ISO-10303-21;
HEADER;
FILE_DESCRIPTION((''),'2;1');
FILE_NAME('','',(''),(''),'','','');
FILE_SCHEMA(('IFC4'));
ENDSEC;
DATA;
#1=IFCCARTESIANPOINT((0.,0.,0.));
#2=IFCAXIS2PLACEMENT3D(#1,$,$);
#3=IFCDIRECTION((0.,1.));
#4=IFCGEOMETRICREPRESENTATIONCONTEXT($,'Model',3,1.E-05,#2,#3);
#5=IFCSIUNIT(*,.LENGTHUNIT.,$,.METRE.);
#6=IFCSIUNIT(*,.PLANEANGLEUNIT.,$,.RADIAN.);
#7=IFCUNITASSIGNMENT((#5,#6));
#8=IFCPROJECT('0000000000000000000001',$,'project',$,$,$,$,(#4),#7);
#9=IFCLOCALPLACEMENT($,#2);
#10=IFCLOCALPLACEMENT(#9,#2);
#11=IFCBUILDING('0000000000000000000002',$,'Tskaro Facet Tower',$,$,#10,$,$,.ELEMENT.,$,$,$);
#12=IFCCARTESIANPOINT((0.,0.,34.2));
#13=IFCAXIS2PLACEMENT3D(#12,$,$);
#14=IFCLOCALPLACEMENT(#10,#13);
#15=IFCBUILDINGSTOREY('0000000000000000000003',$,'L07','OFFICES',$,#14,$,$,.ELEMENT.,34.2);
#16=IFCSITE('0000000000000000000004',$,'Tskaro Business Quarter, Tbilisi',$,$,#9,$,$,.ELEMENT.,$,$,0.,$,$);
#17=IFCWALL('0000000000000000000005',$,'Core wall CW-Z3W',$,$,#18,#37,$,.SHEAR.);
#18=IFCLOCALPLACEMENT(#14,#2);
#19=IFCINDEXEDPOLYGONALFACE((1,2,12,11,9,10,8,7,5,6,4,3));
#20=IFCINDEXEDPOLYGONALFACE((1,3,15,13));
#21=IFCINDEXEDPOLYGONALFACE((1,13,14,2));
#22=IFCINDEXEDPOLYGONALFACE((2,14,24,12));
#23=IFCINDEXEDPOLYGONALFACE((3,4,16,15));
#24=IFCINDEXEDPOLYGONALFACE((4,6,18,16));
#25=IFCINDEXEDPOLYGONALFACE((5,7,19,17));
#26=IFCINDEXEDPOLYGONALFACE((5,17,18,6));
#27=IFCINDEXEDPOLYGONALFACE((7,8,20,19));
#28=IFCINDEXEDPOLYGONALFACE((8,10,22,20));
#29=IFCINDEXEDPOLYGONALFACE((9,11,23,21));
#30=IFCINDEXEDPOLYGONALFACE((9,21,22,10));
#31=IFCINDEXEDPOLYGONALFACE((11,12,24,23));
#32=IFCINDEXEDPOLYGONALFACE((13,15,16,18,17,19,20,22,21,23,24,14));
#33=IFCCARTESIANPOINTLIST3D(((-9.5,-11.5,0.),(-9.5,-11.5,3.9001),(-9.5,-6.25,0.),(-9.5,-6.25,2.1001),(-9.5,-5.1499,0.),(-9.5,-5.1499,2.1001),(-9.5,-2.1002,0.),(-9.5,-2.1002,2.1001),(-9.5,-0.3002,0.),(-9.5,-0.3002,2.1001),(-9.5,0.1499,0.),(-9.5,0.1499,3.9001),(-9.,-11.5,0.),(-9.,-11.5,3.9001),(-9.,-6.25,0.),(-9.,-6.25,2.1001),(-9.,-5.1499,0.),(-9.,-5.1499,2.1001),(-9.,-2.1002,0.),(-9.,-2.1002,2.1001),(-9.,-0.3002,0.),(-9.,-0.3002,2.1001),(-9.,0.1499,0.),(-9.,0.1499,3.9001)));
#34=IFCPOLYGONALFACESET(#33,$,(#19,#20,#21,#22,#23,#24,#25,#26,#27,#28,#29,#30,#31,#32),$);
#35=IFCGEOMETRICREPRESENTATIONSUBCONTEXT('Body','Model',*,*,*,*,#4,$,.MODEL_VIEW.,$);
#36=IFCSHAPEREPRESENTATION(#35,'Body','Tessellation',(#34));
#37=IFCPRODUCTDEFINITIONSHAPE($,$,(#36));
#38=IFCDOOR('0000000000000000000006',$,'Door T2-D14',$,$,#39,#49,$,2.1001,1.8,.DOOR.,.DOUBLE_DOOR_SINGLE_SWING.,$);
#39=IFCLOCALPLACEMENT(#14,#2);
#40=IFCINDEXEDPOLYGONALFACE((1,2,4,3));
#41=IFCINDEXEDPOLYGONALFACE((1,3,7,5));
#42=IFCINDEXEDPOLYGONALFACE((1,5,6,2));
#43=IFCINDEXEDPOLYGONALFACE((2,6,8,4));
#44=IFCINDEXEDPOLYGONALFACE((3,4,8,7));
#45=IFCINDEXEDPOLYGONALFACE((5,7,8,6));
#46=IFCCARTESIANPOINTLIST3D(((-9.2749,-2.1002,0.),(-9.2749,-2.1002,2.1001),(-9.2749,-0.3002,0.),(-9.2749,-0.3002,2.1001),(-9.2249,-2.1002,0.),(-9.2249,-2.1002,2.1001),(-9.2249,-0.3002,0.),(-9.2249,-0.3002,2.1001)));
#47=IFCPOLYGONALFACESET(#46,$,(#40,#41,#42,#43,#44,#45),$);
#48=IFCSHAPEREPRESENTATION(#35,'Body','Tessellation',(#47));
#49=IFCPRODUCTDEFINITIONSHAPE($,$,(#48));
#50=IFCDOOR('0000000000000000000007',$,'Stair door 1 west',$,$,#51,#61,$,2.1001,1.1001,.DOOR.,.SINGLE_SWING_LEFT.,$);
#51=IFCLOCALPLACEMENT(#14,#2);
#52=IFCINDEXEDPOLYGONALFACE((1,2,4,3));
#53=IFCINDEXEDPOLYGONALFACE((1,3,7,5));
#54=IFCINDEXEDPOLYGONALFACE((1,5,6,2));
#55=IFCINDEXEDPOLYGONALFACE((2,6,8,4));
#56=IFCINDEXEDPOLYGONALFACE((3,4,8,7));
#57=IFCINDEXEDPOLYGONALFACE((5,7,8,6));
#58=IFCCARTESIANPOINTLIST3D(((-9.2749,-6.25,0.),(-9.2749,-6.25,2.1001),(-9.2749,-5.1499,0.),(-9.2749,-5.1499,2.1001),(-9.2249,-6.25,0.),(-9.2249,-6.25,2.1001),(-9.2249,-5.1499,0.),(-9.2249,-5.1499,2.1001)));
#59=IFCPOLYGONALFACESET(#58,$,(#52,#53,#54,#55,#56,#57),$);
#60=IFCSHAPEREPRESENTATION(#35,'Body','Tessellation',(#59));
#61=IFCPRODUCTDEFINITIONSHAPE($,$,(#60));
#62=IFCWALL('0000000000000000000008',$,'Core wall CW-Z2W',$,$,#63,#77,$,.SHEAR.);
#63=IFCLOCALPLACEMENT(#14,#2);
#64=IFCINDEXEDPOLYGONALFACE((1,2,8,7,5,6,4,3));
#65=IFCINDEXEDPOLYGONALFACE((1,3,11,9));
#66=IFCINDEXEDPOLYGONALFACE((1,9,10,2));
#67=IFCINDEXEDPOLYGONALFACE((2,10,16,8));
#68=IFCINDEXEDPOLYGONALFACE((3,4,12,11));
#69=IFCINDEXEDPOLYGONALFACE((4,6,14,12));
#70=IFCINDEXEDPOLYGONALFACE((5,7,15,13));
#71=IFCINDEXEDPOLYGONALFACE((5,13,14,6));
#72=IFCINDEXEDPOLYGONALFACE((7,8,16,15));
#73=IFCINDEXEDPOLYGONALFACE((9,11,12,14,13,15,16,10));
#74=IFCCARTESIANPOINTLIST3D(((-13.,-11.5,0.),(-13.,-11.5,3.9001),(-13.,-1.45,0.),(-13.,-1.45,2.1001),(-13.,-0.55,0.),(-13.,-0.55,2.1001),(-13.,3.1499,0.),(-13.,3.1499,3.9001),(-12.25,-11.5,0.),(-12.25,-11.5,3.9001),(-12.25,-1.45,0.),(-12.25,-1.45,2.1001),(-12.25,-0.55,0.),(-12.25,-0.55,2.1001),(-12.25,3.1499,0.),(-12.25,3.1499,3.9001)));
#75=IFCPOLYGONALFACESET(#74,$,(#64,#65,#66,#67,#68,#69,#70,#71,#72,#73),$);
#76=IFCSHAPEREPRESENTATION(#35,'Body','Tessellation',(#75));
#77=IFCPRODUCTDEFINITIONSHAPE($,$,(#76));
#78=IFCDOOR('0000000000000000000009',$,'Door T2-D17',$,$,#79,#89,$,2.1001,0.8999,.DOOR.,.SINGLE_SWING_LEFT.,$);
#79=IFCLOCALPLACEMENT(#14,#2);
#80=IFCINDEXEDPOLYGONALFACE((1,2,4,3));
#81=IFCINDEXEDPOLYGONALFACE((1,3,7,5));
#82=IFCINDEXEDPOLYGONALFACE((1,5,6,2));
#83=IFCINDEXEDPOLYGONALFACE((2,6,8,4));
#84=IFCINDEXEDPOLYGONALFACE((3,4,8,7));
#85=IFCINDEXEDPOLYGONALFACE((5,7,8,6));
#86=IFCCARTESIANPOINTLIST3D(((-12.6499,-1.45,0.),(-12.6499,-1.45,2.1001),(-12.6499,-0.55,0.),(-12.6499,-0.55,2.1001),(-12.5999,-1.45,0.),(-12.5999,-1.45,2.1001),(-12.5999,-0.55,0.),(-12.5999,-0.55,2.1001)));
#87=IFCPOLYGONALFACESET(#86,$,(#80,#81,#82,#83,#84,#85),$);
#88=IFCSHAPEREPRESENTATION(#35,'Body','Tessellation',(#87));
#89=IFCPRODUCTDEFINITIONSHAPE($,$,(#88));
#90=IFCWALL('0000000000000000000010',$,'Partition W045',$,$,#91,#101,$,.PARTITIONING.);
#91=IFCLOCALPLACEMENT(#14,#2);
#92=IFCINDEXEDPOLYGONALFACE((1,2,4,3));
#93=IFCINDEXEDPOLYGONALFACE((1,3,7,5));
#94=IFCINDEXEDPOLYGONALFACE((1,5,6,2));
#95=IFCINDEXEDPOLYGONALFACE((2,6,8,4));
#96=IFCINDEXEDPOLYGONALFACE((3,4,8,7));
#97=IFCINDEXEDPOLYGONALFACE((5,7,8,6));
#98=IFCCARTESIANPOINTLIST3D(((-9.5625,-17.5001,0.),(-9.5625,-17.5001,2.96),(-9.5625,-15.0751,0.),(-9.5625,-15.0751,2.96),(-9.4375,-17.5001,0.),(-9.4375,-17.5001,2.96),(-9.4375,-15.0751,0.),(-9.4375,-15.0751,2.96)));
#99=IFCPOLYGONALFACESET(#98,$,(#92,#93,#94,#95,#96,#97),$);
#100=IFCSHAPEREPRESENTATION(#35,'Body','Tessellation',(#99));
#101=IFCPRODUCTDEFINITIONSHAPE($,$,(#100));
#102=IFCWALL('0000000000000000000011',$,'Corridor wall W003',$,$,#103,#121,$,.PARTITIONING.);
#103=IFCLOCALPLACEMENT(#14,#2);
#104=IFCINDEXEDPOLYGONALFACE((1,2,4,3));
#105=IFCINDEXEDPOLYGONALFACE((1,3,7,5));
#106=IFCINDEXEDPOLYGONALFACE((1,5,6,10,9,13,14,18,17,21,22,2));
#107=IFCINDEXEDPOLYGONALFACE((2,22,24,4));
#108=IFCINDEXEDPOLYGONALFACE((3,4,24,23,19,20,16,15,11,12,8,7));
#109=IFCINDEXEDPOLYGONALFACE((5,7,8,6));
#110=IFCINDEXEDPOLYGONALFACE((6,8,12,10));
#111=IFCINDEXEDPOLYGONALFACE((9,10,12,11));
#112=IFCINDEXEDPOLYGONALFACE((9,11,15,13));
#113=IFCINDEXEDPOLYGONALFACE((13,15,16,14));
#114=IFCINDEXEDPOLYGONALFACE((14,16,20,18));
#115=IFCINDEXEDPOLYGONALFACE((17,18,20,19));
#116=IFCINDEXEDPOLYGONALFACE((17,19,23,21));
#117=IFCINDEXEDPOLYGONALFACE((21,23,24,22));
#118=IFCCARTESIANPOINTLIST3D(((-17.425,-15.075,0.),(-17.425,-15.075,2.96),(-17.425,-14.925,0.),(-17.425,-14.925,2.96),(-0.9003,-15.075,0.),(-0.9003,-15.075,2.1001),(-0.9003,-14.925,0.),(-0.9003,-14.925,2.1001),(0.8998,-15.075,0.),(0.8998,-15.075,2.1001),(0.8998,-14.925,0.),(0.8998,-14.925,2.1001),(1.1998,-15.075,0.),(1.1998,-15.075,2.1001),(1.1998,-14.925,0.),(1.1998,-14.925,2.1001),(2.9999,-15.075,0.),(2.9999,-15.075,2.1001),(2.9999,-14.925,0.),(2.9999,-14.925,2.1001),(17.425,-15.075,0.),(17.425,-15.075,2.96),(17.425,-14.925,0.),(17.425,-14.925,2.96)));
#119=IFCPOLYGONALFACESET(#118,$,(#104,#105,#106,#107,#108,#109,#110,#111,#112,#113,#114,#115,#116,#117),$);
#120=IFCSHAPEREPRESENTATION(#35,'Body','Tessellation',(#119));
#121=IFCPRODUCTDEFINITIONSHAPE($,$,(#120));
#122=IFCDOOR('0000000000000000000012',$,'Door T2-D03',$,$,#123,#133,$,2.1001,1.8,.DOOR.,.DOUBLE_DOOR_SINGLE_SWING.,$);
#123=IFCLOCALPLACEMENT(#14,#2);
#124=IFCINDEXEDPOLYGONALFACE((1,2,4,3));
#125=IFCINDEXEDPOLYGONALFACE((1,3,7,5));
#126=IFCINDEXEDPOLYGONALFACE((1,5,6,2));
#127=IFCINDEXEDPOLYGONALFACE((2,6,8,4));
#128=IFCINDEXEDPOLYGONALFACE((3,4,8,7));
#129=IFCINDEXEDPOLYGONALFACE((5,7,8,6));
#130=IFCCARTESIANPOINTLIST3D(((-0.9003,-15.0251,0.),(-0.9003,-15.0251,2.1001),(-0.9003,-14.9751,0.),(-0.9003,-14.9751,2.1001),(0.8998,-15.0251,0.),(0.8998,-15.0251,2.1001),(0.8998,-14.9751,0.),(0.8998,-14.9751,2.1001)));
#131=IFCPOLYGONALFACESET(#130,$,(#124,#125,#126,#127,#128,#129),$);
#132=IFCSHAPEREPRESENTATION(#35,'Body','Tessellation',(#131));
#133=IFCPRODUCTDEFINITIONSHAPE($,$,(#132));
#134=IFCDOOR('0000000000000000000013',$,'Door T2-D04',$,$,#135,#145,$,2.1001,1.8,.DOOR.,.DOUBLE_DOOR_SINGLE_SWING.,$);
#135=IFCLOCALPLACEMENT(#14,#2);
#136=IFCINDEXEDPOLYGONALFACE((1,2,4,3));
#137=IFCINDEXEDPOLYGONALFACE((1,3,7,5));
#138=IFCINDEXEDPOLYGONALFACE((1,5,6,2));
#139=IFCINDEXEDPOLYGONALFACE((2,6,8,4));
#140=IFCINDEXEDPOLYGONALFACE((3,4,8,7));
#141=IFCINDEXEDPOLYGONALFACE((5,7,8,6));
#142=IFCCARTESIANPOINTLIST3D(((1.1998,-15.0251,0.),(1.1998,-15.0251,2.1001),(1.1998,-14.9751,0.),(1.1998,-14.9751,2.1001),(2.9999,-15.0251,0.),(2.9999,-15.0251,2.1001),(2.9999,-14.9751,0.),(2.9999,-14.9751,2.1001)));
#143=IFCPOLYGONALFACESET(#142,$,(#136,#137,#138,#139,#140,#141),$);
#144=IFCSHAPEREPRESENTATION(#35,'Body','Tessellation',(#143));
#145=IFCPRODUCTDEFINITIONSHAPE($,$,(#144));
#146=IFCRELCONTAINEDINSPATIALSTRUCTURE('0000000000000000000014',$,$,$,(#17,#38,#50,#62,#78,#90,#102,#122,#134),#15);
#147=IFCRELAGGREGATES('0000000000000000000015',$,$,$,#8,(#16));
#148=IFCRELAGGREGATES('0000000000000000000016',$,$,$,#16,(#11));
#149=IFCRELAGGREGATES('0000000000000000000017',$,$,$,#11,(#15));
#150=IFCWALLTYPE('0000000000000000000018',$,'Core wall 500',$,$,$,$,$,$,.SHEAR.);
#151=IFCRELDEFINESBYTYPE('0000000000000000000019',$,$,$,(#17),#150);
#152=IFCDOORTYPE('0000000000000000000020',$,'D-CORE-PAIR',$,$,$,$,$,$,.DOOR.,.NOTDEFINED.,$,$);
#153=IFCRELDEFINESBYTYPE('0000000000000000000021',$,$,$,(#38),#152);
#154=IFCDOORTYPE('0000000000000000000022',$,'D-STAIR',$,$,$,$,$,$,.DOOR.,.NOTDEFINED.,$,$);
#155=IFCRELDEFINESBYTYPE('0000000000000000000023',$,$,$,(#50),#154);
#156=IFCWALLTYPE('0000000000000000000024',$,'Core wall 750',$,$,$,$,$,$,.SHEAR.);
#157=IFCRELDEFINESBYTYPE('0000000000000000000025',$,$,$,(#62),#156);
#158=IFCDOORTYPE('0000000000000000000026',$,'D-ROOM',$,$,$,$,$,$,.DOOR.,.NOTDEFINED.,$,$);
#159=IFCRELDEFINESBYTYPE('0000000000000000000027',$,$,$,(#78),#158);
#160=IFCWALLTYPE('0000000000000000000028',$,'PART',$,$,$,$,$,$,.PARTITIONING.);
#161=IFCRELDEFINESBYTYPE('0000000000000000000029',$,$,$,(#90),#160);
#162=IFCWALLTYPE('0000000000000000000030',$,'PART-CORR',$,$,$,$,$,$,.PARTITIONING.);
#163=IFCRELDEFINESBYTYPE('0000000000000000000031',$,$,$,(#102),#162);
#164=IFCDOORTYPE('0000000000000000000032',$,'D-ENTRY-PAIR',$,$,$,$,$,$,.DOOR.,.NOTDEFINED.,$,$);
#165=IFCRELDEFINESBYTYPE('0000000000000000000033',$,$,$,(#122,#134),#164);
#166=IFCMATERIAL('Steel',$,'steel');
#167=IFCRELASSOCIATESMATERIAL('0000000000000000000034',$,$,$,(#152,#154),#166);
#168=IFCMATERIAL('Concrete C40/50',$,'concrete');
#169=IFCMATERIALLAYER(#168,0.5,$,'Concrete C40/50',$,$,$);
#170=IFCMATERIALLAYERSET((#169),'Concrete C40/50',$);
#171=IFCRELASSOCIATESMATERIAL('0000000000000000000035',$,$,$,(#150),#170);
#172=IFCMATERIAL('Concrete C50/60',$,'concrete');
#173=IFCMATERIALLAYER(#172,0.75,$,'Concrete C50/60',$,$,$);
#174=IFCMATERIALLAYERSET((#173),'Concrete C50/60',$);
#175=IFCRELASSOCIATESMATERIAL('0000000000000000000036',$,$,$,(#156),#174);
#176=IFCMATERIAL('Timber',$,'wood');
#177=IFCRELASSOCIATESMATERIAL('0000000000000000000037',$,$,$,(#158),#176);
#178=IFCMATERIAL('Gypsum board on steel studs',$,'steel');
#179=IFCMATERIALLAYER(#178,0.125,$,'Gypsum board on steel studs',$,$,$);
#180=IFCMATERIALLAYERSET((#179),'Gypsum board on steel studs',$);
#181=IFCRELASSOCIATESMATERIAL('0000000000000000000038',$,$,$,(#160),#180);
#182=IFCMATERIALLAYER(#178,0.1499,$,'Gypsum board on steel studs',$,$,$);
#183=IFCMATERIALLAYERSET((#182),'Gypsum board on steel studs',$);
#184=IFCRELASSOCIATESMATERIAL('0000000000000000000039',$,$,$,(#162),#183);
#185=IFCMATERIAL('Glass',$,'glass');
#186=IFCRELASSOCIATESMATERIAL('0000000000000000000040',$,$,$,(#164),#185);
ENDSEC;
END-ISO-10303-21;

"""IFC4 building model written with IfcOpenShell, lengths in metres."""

from ifc_helpers import new_model, si_unit, direction, frame, frame_2d, origin, place, context, subcontext, project, spatial, rectangle, extrude, material, layer, layer_set, type_object, element, fill, save


model = new_model("IFC4")

# Units and contexts
model_context = context("Model", 3, precision=1e-05, world=origin(), true_north=direction((0.0, 1.0)))
body_context = subcontext(model_context, "Body", "Model", "MODEL_VIEW")
ifc_project = project(units=[si_unit("LENGTHUNIT", "METRE"), si_unit("PLANEANGLEUNIT", "RADIAN")], contexts=[model_context])

# Site, building, storey
site_placement = place(None, origin())
site = spatial("IfcSite", under=ifc_project, at=site_placement, Name="Tskaro Business Quarter, Tbilisi", CompositionType="ELEMENT", RefElevation=0.0)
building_placement = place(site_placement, origin())
building = spatial("IfcBuilding", under=site, at=building_placement, Name="Tskaro Facet Tower", CompositionType="ELEMENT")
storey_placement = place(building_placement, frame((0.0, 0.0, 34.2)))
storey = spatial("IfcBuildingStorey", under=building, at=storey_placement, Name="L07", Description="OFFICES", CompositionType="ELEMENT", Elevation=34.2)

# Shared definitions
ifc_material_1 = material(Name="Steel", Category="steel")
door_type_1 = type_object("IfcDoorType", Name="D-CORE-PAIR", OperationType="NOTDEFINED", PredefinedType="DOOR", material=ifc_material_1)

# Wall, openings, doors
ifc_material_2 = material(Name="Concrete C40/50", Category="concrete")
ifc_layer_1 = layer(ifc_material_2, 0.5, Name="Concrete C40/50")
ifc_layer_set_1 = layer_set([ifc_layer_1], Name="Concrete C40/50")
wall_type_1 = type_object("IfcWallType", Name="Core wall 500", PredefinedType="SHEAR", material=ifc_layer_set_1)
wall_1_placement = place(storey_placement, frame((-9.25, -11.5, 0.0), z_axis=(0.0, 0.0, 1.0), x_axis=(0.0, 1.0, 0.0)))
wall_1 = element("IfcWall", 1, at=wall_1_placement, inside=storey, type_object=wall_type_1, Name="Core wall CW-Z3W", PredefinedType="SHEAR", context=body_context, shape_type="SweptSolid", body=[
    extrude(rectangle(XDim=11.6499, YDim=0.5, at=frame_2d((5.825, 0.0))), origin(), (0.0, 0.0, 1.0), 3.9001),
])
opening_1_placement = place(wall_1_placement, frame((9.3999, 0.0, 0.0)))
opening_1 = element("IfcOpeningElement", 2, at=opening_1_placement, cuts=wall_1, PredefinedType="OPENING", context=body_context, shape_type="SweptSolid", body=[
    extrude(rectangle(XDim=1.8, YDim=2.1001, at=frame_2d((0.8999, 1.05))), frame((0.0, 0.26, 0.0), z_axis=(0.0, -1.0, 0.0), x_axis=(1.0, 0.0, 0.0)), (0.0, 0.0, 1.0), 0.52),
])
opening_2_placement = place(wall_1_placement, frame((5.25, 0.0, 0.0)))
opening_2 = element("IfcOpeningElement", 3, at=opening_2_placement, cuts=wall_1, PredefinedType="OPENING", context=body_context, shape_type="SweptSolid", body=[
    extrude(rectangle(XDim=1.1001, YDim=2.1001, at=frame_2d((0.55, 1.05))), frame((0.0, 0.26, 0.0), z_axis=(0.0, -1.0, 0.0), x_axis=(1.0, 0.0, 0.0)), (0.0, 0.0, 1.0), 0.52),
])
door_1_placement = place(opening_1_placement, origin())
door_1 = element("IfcDoor", 4, at=door_1_placement, inside=storey, type_object=door_type_1, Name="Door T2-D14", OperationType="DOUBLE_DOOR_SINGLE_SWING", OverallHeight=2.1001, OverallWidth=1.8, PredefinedType="DOOR", context=body_context, shape_type="SweptSolid", body=[
    extrude(rectangle(XDim=1.8, YDim=2.1001, at=frame_2d((0.8999, 1.05))), frame((0.0, 0.0249, 0.0), z_axis=(0.0, -1.0, 0.0), x_axis=(1.0, 0.0, 0.0)), (0.0, 0.0, 1.0), 0.05),
])
fill(opening_1, door_1)
door_type_2 = type_object("IfcDoorType", Name="D-STAIR", OperationType="NOTDEFINED", PredefinedType="DOOR", material=ifc_material_1)
door_2_placement = place(opening_2_placement, origin())
door_2 = element("IfcDoor", 5, at=door_2_placement, inside=storey, type_object=door_type_2, Name="Stair door 1 west", OperationType="SINGLE_SWING_LEFT", OverallHeight=2.1001, OverallWidth=1.1001, PredefinedType="DOOR", context=body_context, shape_type="SweptSolid", body=[
    extrude(rectangle(XDim=1.1001, YDim=2.1001, at=frame_2d((0.55, 1.05))), frame((0.0, 0.0249, 0.0), z_axis=(0.0, -1.0, 0.0), x_axis=(1.0, 0.0, 0.0)), (0.0, 0.0, 1.0), 0.05),
])
fill(opening_2, door_2)

# Wall, opening, door
ifc_material_3 = material(Name="Concrete C50/60", Category="concrete")
ifc_layer_2 = layer(ifc_material_3, 0.75, Name="Concrete C50/60")
ifc_layer_set_2 = layer_set([ifc_layer_2], Name="Concrete C50/60")
wall_type_2 = type_object("IfcWallType", Name="Core wall 750", PredefinedType="SHEAR", material=ifc_layer_set_2)
wall_2_placement = place(storey_placement, frame((-12.625, -11.5, 0.0), z_axis=(0.0, 0.0, 1.0), x_axis=(0.0, 1.0, 0.0)))
wall_2 = element("IfcWall", 6, at=wall_2_placement, inside=storey, type_object=wall_type_2, Name="Core wall CW-Z2W", PredefinedType="SHEAR", context=body_context, shape_type="SweptSolid", body=[
    extrude(rectangle(XDim=14.6499, YDim=0.75, at=frame_2d((7.325, 0.0))), origin(), (0.0, 0.0, 1.0), 3.9001),
])
opening_3_placement = place(wall_2_placement, frame((10.05, 0.0, 0.0)))
opening_3 = element("IfcOpeningElement", 7, at=opening_3_placement, cuts=wall_2, PredefinedType="OPENING", context=body_context, shape_type="SweptSolid", body=[
    extrude(rectangle(XDim=0.8999, YDim=2.1001, at=frame_2d((0.45, 1.05))), frame((0.0, 0.385, 0.0), z_axis=(0.0, -1.0, 0.0), x_axis=(1.0, 0.0, 0.0)), (0.0, 0.0, 1.0), 0.77),
])
ifc_material_4 = material(Name="Timber", Category="wood")
door_type_3 = type_object("IfcDoorType", Name="D-ROOM", OperationType="NOTDEFINED", PredefinedType="DOOR", material=ifc_material_4)
door_3_placement = place(opening_3_placement, origin())
door_3 = element("IfcDoor", 8, at=door_3_placement, inside=storey, type_object=door_type_3, Name="Door T2-D17", OperationType="SINGLE_SWING_LEFT", OverallHeight=2.1001, OverallWidth=0.8999, PredefinedType="DOOR", context=body_context, shape_type="SweptSolid", body=[
    extrude(rectangle(XDim=0.8999, YDim=2.1001, at=frame_2d((0.45, 1.05))), frame((0.0, 0.0249, 0.0), z_axis=(0.0, -1.0, 0.0), x_axis=(1.0, 0.0, 0.0)), (0.0, 0.0, 1.0), 0.05),
])
fill(opening_3, door_3)

# Wall
ifc_material_5 = material(Name="Gypsum board on steel studs", Category="steel")
ifc_layer_3 = layer(ifc_material_5, 0.125, Name="Gypsum board on steel studs")
ifc_layer_set_3 = layer_set([ifc_layer_3], Name="Gypsum board on steel studs")
wall_type_3 = type_object("IfcWallType", Name="PART", PredefinedType="PARTITIONING", material=ifc_layer_set_3)
wall_3_placement = place(storey_placement, frame((-9.5, -17.5, 0.0), z_axis=(0.0, 0.0, 1.0), x_axis=(0.0, 1.0, 0.0)))
element("IfcWall", 9, at=wall_3_placement, inside=storey, type_object=wall_type_3, Name="Partition W045", PredefinedType="PARTITIONING", context=body_context, shape_type="SweptSolid", body=[
    extrude(rectangle(XDim=2.425, YDim=0.125, at=frame_2d((1.2124, 0.0))), origin(), (0.0, 0.0, 1.0), 2.96),
])

# Wall, openings, doors
ifc_layer_4 = layer(ifc_material_5, 0.1499, Name="Gypsum board on steel studs")
ifc_layer_set_4 = layer_set([ifc_layer_4], Name="Gypsum board on steel studs")
wall_type_4 = type_object("IfcWallType", Name="PART-CORR", PredefinedType="PARTITIONING", material=ifc_layer_set_4)
wall_4_placement = place(storey_placement, frame((-17.425, -15.0, 0.0), z_axis=(0.0, 0.0, 1.0), x_axis=(1.0, 0.0, 0.0)))
wall_4 = element("IfcWall", 10, at=wall_4_placement, inside=storey, type_object=wall_type_4, Name="Corridor wall W003", PredefinedType="PARTITIONING", context=body_context, shape_type="SweptSolid", body=[
    extrude(rectangle(XDim=34.8501, YDim=0.1499, at=frame_2d((17.425, 0.0))), origin(), (0.0, 0.0, 1.0), 2.96),
])
opening_4_placement = place(wall_4_placement, frame((16.5249, 0.0, 0.0)))
opening_4 = element("IfcOpeningElement", 11, at=opening_4_placement, cuts=wall_4, PredefinedType="OPENING", context=body_context, shape_type="SweptSolid", body=[
    extrude(rectangle(XDim=1.8, YDim=2.1001, at=frame_2d((0.8999, 1.05))), frame((0.0, 0.085, 0.0), z_axis=(0.0, -1.0, 0.0), x_axis=(1.0, 0.0, 0.0)), (0.0, 0.0, 1.0), 0.1699),
])
opening_5_placement = place(wall_4_placement, frame((18.625, 0.0, 0.0)))
opening_5 = element("IfcOpeningElement", 12, at=opening_5_placement, cuts=wall_4, PredefinedType="OPENING", context=body_context, shape_type="SweptSolid", body=[
    extrude(rectangle(XDim=1.8, YDim=2.1001, at=frame_2d((0.8999, 1.05))), frame((0.0, 0.085, 0.0), z_axis=(0.0, -1.0, 0.0), x_axis=(1.0, 0.0, 0.0)), (0.0, 0.0, 1.0), 0.1699),
])
ifc_material_6 = material(Name="Glass", Category="glass")
door_type_4 = type_object("IfcDoorType", Name="D-ENTRY-PAIR", OperationType="NOTDEFINED", PredefinedType="DOOR", material=ifc_material_6)
door_4_placement = place(opening_4_placement, origin())
door_4 = element("IfcDoor", 13, at=door_4_placement, inside=storey, type_object=door_type_4, Name="Door T2-D03", OperationType="DOUBLE_DOOR_SINGLE_SWING", OverallHeight=2.1001, OverallWidth=1.8, PredefinedType="DOOR", context=body_context, shape_type="SweptSolid", body=[
    extrude(rectangle(XDim=1.8, YDim=2.1001, at=frame_2d((0.8999, 1.05))), frame((0.0, 0.0249, 0.0), z_axis=(0.0, -1.0, 0.0), x_axis=(1.0, 0.0, 0.0)), (0.0, 0.0, 1.0), 0.05),
])
fill(opening_4, door_4)
door_5_placement = place(opening_5_placement, origin())
door_5 = element("IfcDoor", 14, at=door_5_placement, inside=storey, type_object=door_type_4, Name="Door T2-D04", OperationType="DOUBLE_DOOR_SINGLE_SWING", OverallHeight=2.1001, OverallWidth=1.8, PredefinedType="DOOR", context=body_context, shape_type="SweptSolid", body=[
    extrude(rectangle(XDim=1.8, YDim=2.1001, at=frame_2d((0.8999, 1.05))), frame((0.0, 0.0249, 0.0), z_axis=(0.0, -1.0, 0.0), x_axis=(1.0, 0.0, 0.0)), (0.0, 0.0, 1.0), 0.05),
])
fill(opening_5, door_5)

save(model, "model.ifc")
